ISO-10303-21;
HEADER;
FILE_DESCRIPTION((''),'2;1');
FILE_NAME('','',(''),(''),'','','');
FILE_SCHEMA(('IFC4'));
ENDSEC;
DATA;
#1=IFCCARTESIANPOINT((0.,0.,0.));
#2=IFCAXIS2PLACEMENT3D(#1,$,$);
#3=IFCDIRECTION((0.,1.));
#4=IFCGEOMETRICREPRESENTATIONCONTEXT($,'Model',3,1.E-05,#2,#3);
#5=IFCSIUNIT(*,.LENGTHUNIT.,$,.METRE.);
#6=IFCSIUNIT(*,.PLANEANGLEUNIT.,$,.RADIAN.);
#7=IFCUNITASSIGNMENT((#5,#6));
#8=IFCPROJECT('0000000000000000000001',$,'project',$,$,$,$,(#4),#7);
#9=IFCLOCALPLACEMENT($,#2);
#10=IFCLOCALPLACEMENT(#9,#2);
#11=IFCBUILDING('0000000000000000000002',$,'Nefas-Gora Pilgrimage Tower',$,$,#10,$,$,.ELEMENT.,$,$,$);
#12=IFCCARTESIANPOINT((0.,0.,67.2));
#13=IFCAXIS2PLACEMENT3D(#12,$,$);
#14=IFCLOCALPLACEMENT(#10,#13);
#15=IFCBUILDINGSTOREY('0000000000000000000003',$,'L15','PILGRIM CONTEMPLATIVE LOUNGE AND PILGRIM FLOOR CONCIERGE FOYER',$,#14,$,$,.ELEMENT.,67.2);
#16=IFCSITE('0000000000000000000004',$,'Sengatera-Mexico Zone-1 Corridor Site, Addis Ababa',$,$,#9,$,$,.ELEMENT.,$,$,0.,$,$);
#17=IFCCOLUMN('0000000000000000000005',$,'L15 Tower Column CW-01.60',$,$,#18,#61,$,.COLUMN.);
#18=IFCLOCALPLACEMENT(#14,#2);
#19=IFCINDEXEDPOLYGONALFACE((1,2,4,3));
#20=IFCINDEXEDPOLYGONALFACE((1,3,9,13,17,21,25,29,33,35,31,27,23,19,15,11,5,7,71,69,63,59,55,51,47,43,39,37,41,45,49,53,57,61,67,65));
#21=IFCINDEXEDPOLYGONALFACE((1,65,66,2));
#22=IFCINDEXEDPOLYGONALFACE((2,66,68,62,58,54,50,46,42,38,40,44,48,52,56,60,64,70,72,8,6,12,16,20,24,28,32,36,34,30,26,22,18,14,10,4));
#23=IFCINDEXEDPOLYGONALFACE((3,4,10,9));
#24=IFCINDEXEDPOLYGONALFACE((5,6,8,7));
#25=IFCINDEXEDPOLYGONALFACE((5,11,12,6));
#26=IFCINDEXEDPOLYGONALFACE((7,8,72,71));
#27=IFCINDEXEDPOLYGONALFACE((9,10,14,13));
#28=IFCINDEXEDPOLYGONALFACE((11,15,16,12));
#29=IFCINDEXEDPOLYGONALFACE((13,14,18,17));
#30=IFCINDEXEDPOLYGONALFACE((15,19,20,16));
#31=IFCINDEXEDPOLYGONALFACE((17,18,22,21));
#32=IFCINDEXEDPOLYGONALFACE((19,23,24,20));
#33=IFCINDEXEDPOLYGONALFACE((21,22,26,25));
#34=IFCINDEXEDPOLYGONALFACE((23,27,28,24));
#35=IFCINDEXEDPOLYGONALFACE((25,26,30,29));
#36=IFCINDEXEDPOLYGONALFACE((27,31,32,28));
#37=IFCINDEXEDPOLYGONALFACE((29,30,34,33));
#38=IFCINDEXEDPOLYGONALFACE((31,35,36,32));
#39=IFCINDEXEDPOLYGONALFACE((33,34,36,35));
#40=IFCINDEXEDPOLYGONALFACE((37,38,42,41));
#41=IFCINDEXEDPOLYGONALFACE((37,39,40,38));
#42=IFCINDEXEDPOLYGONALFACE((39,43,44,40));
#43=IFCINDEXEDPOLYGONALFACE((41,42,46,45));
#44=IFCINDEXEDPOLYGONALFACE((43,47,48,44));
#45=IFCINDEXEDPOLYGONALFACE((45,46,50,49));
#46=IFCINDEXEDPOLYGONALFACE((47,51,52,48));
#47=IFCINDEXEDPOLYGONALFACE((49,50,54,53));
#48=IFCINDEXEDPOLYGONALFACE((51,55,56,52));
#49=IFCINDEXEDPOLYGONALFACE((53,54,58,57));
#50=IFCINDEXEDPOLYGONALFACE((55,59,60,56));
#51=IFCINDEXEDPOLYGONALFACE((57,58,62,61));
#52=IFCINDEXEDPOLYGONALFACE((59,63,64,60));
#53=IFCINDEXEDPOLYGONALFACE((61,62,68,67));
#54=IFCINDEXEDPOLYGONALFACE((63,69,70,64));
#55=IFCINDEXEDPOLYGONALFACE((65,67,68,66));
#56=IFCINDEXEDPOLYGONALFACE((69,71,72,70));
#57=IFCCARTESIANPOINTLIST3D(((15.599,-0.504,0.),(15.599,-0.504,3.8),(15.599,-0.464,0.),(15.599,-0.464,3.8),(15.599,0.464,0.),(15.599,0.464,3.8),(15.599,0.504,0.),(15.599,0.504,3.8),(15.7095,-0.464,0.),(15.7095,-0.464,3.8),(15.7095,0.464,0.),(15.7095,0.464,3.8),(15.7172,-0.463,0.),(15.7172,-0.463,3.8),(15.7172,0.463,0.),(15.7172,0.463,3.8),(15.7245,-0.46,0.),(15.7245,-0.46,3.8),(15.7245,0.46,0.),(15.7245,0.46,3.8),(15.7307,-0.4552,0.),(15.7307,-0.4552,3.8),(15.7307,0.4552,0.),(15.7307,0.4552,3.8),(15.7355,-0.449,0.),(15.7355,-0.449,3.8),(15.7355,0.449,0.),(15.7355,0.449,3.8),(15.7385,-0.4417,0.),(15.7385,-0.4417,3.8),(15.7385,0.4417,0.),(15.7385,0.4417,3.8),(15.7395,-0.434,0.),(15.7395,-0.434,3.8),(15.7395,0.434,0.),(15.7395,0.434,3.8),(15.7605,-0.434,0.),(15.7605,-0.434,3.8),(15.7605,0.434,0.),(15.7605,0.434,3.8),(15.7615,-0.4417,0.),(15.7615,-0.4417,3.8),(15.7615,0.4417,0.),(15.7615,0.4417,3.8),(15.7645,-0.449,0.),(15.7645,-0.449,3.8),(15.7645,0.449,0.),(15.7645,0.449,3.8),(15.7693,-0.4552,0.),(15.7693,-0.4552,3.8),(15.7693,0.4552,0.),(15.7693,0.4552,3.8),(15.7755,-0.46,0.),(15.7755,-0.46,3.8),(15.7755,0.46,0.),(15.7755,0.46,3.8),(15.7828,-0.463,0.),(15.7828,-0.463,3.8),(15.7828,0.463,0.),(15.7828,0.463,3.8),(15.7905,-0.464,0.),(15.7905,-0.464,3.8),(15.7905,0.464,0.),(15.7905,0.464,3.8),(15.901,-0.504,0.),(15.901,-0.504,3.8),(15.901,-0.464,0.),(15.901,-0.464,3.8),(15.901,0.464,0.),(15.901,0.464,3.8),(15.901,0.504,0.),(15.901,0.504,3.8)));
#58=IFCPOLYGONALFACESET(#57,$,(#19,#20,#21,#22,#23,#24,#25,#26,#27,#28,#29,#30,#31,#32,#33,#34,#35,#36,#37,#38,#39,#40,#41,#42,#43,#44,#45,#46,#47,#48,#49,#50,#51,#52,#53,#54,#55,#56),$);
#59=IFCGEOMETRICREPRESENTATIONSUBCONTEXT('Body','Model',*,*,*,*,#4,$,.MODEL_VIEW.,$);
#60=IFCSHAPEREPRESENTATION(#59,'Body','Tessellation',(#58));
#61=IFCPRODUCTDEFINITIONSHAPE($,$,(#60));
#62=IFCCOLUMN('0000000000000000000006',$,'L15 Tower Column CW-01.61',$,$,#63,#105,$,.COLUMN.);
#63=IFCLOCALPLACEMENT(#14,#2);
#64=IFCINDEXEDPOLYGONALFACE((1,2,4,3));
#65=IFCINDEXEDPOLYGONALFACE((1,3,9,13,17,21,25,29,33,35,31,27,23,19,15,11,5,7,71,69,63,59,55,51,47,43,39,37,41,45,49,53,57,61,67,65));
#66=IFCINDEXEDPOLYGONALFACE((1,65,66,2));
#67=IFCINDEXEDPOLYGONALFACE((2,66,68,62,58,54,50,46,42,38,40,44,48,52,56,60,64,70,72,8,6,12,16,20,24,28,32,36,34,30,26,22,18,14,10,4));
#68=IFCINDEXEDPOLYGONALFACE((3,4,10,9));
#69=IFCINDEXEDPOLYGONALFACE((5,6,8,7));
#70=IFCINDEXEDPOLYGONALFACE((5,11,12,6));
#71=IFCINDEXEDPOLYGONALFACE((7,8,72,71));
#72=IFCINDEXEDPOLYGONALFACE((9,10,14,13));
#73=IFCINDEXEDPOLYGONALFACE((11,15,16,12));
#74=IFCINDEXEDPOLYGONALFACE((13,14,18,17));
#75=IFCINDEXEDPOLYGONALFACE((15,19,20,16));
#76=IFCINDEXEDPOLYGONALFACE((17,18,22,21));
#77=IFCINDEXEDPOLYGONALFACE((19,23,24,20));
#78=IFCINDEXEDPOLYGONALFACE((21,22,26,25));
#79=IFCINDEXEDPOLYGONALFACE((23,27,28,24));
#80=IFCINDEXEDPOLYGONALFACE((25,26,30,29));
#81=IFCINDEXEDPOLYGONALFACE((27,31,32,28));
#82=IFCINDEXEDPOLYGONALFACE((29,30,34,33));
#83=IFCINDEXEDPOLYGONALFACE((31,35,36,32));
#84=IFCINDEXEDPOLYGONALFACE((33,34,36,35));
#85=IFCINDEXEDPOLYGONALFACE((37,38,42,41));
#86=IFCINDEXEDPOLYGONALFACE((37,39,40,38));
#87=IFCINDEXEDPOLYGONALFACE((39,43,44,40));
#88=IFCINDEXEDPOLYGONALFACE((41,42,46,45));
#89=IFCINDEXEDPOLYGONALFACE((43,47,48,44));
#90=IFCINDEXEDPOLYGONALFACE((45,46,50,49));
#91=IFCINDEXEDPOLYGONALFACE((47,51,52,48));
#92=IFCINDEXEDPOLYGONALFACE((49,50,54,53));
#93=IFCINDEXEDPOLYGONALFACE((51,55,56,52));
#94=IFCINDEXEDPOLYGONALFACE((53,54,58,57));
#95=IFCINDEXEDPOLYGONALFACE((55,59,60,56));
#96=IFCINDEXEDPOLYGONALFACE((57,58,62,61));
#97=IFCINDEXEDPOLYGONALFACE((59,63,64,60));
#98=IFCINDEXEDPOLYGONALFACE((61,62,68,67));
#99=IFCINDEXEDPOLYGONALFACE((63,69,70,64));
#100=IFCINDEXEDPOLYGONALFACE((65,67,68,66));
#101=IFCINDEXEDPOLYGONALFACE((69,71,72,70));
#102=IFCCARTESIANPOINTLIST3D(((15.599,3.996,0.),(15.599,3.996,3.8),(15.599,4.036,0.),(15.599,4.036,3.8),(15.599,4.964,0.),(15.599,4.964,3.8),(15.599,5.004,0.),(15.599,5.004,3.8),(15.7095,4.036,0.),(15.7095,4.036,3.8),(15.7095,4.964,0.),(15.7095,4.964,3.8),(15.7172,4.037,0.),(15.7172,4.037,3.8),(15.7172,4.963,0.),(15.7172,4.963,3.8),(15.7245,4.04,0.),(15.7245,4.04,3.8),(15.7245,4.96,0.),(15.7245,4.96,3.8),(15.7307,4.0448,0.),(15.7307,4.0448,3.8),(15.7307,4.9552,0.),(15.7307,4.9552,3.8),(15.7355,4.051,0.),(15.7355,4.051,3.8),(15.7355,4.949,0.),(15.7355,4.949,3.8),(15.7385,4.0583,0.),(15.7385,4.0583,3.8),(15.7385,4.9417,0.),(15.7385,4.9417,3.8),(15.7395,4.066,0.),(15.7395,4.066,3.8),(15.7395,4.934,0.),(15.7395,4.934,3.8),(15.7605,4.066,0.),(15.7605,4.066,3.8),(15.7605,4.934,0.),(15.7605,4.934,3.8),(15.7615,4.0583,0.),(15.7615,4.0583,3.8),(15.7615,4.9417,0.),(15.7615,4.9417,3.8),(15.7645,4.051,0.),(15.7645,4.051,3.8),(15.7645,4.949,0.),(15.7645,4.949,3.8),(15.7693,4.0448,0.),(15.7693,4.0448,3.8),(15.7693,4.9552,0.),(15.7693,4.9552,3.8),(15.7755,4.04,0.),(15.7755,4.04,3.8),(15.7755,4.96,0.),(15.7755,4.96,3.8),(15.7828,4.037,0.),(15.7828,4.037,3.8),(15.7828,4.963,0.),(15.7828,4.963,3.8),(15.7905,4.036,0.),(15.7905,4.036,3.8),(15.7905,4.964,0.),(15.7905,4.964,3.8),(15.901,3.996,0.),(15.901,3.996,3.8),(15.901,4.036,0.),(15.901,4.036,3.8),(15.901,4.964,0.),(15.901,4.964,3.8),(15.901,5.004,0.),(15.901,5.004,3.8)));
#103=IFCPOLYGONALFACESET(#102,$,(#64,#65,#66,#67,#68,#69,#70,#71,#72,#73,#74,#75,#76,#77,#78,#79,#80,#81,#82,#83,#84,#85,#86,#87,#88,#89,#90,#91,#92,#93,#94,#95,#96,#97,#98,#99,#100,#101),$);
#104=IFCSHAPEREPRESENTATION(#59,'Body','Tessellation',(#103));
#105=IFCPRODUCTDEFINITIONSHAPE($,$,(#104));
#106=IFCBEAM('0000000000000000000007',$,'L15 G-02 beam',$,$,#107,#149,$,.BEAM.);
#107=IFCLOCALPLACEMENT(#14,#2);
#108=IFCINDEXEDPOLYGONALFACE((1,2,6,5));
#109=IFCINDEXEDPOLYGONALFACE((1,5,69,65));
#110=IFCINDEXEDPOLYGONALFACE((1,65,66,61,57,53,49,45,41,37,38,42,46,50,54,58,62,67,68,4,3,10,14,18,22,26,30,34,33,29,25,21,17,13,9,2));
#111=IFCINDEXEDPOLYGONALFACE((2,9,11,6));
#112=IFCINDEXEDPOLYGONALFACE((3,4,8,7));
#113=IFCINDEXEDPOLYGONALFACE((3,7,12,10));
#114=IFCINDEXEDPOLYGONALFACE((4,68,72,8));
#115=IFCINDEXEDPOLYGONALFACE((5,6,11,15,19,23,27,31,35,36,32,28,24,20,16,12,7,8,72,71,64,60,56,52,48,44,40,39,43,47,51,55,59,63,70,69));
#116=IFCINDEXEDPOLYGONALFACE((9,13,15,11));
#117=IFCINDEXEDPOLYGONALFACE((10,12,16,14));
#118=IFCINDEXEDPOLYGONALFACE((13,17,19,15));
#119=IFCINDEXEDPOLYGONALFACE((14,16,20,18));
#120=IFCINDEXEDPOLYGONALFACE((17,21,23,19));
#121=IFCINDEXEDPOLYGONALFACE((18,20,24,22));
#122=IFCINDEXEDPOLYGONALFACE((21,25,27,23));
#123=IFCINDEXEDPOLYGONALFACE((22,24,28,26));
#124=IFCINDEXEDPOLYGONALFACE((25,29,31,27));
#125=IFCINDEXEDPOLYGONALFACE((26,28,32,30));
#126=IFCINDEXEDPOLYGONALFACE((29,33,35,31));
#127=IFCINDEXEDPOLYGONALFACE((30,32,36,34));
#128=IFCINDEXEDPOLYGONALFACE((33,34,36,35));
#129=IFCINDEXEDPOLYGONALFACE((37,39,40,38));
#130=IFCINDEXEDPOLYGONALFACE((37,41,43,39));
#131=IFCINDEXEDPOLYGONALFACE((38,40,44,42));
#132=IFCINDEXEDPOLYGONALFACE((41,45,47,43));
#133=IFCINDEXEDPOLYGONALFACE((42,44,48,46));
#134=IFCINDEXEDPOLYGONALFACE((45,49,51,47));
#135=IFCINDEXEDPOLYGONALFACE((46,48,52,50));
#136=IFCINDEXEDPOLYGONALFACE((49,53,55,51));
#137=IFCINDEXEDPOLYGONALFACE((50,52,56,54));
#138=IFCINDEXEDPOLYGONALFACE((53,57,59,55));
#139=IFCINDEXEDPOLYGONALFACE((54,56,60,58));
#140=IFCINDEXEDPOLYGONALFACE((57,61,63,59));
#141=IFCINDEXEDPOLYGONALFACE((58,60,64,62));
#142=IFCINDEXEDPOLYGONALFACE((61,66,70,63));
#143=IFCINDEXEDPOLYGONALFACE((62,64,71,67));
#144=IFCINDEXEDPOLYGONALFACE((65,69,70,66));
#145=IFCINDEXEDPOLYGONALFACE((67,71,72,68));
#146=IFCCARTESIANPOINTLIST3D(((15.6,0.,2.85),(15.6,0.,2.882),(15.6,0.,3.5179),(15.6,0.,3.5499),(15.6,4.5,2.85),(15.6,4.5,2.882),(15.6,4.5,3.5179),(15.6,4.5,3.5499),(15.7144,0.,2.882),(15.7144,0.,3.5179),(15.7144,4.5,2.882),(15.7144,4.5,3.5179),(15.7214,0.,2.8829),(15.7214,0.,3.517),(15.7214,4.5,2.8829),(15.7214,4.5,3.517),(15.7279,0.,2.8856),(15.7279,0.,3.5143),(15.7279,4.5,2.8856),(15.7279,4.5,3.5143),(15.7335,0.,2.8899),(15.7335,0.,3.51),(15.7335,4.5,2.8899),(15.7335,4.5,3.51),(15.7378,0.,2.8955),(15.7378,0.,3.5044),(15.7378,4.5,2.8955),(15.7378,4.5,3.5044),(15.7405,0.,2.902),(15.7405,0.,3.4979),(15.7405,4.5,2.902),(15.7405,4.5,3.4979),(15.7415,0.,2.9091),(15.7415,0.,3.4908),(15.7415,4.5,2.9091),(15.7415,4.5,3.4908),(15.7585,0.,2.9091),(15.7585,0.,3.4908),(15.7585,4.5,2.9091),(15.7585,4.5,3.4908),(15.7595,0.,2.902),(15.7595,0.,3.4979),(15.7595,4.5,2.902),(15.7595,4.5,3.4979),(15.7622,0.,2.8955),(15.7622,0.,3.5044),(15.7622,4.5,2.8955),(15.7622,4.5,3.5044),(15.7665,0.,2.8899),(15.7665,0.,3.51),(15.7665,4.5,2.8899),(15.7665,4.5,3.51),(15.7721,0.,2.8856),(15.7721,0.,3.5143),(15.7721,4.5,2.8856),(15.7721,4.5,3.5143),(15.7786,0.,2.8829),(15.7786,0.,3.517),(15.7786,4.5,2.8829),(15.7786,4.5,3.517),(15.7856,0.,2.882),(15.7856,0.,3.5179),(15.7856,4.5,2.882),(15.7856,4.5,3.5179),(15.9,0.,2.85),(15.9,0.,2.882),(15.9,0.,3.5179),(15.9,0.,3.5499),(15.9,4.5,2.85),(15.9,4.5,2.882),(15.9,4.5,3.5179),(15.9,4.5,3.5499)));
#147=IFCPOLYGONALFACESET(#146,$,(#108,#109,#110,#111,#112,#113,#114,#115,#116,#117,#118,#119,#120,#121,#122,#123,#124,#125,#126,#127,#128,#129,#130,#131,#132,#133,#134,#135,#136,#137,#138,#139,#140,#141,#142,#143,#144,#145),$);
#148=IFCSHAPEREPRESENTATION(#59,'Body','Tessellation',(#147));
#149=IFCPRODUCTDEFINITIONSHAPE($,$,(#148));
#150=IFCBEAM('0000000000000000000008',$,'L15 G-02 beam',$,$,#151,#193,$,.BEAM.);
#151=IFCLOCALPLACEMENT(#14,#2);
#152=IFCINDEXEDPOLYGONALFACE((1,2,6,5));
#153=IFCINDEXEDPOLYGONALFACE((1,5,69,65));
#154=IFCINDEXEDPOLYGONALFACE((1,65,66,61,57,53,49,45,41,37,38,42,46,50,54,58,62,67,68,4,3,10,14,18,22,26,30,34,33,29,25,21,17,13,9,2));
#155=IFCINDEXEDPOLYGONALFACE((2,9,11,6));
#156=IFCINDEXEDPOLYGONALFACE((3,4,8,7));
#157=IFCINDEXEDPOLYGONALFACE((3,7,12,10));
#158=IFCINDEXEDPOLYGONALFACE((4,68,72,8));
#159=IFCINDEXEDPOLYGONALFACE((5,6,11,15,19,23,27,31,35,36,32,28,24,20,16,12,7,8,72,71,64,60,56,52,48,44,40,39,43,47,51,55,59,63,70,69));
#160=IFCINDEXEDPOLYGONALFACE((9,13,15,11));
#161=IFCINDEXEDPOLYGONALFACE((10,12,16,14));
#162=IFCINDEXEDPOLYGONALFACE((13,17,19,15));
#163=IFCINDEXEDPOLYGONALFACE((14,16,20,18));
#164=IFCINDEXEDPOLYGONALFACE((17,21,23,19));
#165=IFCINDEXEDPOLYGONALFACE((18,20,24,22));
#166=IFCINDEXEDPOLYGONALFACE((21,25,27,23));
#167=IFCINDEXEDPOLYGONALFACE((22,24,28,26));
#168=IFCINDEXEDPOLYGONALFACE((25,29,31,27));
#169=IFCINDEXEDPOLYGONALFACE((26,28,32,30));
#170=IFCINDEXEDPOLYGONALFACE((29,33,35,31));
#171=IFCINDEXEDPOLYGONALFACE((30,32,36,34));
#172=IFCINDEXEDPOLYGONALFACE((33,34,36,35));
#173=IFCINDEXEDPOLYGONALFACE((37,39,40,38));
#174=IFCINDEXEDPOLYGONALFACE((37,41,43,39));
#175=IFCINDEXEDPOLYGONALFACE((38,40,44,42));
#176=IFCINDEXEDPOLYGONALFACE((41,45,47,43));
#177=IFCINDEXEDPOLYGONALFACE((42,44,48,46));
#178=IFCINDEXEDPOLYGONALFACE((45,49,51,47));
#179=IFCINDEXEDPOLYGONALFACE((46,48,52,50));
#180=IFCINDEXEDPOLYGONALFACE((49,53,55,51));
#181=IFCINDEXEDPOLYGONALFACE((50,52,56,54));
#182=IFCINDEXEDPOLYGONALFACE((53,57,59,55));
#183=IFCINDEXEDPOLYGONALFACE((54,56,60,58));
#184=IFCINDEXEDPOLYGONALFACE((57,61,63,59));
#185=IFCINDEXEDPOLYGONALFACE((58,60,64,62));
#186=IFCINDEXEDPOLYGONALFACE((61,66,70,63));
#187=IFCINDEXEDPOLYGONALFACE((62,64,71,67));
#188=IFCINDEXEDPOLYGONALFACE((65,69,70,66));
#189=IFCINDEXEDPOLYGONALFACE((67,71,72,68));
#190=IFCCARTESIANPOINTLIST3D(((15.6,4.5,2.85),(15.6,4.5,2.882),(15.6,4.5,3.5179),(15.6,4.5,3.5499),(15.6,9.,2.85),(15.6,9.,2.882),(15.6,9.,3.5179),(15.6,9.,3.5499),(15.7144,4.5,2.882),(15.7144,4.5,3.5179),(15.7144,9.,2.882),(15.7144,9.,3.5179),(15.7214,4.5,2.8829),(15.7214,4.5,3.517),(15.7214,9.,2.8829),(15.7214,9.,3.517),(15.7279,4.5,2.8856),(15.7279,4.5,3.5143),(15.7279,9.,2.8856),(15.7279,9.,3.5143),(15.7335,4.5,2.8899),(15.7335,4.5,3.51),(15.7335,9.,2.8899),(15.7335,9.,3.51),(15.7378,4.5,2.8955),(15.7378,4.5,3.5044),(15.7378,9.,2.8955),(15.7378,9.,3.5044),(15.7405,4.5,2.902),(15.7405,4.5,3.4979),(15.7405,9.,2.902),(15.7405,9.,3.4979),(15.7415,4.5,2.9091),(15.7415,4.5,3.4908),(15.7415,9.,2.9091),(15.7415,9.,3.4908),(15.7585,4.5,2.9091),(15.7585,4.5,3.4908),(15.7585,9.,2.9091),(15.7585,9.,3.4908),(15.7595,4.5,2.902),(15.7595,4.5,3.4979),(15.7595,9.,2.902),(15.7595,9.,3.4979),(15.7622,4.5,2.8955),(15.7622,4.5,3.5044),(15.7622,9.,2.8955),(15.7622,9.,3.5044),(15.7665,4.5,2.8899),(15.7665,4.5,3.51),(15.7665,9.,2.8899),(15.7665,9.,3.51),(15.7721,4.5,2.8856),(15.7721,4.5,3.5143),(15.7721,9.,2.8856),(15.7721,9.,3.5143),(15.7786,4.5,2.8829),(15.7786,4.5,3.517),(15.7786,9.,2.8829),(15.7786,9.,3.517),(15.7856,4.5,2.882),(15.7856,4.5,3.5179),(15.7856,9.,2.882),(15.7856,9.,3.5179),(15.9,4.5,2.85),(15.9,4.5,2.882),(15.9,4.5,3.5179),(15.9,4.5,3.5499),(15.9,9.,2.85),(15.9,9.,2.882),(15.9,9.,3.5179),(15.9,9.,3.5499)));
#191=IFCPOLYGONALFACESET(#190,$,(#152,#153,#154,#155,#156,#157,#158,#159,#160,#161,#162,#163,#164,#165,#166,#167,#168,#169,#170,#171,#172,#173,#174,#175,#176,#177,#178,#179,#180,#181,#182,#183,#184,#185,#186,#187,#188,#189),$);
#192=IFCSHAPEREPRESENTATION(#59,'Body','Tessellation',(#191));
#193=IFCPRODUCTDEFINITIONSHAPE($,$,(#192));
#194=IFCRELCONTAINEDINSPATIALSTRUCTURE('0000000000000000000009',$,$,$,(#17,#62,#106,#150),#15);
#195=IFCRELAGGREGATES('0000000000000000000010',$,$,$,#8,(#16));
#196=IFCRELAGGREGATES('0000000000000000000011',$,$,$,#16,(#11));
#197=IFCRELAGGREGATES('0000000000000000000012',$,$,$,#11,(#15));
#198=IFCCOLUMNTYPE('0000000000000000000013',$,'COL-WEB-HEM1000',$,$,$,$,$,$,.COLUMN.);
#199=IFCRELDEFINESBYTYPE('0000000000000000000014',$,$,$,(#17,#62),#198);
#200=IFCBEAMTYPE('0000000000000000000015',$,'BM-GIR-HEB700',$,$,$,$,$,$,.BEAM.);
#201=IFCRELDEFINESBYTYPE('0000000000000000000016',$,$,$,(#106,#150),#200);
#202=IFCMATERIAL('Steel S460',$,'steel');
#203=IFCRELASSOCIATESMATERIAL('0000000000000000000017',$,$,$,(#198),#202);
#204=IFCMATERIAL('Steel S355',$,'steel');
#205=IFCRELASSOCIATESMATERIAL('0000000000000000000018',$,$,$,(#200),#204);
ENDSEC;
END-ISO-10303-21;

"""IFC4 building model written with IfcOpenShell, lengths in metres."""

from ifc_helpers import new_model, si_unit, direction, frame, origin, origin_2d, place, context, subcontext, project, spatial, i_section, extrude, source, transform, mapped, material, material_profile, profile_set, type_object, element, save


model = new_model("IFC4")

# Units and contexts
model_context = context("Model", 3, precision=1e-05, world=origin(), true_north=direction((0.0, 1.0)))
body_context = subcontext(model_context, "Body", "Model", "MODEL_VIEW")
ifc_project = project(units=[si_unit("LENGTHUNIT", "METRE"), si_unit("PLANEANGLEUNIT", "RADIAN")], contexts=[model_context])

# Site, building, storey
site_placement = place(None, origin())
site = spatial("IfcSite", under=ifc_project, at=site_placement, Name="Sengatera-Mexico Zone-1 Corridor Site, Addis Ababa", CompositionType="ELEMENT", RefElevation=0.0)
building_placement = place(site_placement, origin())
building = spatial("IfcBuilding", under=site, at=building_placement, Name="Nefas-Gora Pilgrimage Tower", CompositionType="ELEMENT")
storey_placement = place(building_placement, frame((0.0, 0.0, 67.2)))
storey = spatial("IfcBuildingStorey", under=building, at=storey_placement, Name="L15", Description="PILGRIM CONTEMPLATIVE LOUNGE AND PILGRIM FLOOR CONCIERGE FOYER", CompositionType="ELEMENT", Elevation=67.2)

# Columns
ifc_material_1 = material(Name="Steel S460", Category="steel")
ifc_material_profile_1 = material_profile(ifc_material_1, i_section(OverallWidth=0.302, OverallDepth=1.0081, WebThickness=0.021, FlangeThickness=0.04, FilletRadius=0.03, at=origin_2d()), Name="HEM 1000")
ifc_profile_set_1 = profile_set([ifc_material_profile_1], Name="Steel S460")
column_type = type_object("IfcColumnType", Name="COL-WEB-HEM1000", PredefinedType="COLUMN", material=ifc_profile_set_1)
shared_shape_1 = source(origin(), body_context, "Body", "SweptSolid", [
    extrude(i_section(OverallWidth=0.302, OverallDepth=1.0081, WebThickness=0.021, FlangeThickness=0.04, FilletRadius=0.03, at=origin_2d()), origin(), (0.0, 0.0, 1.0), 3.8),
])
for number, where, z_axis, x_axis, name in (
    (1, (15.75, 0.0, 0.0), (0.0, 0.0, 1.0), (1.0, 0.0, 0.0), "L15 Tower Column CW-01.60"),
    (2, (15.75, 4.5, 0.0), (0.0, 0.0, 1.0), (1.0, 0.0, 0.0), "L15 Tower Column CW-01.61"),
):
    element("IfcColumn", number, at=place(storey_placement, frame(where, z_axis=z_axis, x_axis=x_axis)), inside=storey, type_object=column_type, Name=name, PredefinedType="COLUMN", context=body_context, shape_type="MappedRepresentation", body=[
        mapped(shared_shape_1, transform((0.0, 0.0, 0.0), x_axis=(1.0, 0.0, 0.0), y_axis=(0.0, 1.0, 0.0), z_axis=(0.0, 0.0, 1.0), scale=1.0)),
    ])

# Beams
ifc_material_2 = material(Name="Steel S355", Category="steel")
ifc_material_profile_2 = material_profile(ifc_material_2, i_section(OverallWidth=0.3, OverallDepth=0.7, WebThickness=0.0171, FlangeThickness=0.032, FilletRadius=0.0271, at=origin_2d()), Name="HEB 700")
ifc_profile_set_2 = profile_set([ifc_material_profile_2], Name="Steel S355")
beam_type = type_object("IfcBeamType", Name="BM-GIR-HEB700", PredefinedType="BEAM", material=ifc_profile_set_2)
shared_shape_2 = source(origin(), body_context, "Body", "SweptSolid", [
    extrude(i_section(OverallWidth=0.3, OverallDepth=0.7, WebThickness=0.0171, FlangeThickness=0.032, FilletRadius=0.0271, at=origin_2d()), origin(), (0.0, 0.0, 1.0), 4.5),
])
for number, where, z_axis, x_axis, name in (
    (3, (15.75, 0.0, 3.2), (0.0, 1.0, 0.0), (-1.0, 0.0, 0.0), "L15 G-02 beam"),
    (4, (15.75, 4.5, 3.2), (0.0, 1.0, 0.0), (-1.0, 0.0, 0.0), "L15 G-02 beam"),
):
    element("IfcBeam", number, at=place(storey_placement, frame(where, z_axis=z_axis, x_axis=x_axis)), inside=storey, type_object=beam_type, Name=name, PredefinedType="BEAM", context=body_context, shape_type="MappedRepresentation", body=[
        mapped(shared_shape_2, transform((0.0, 0.0, 0.0), x_axis=(1.0, 0.0, 0.0), y_axis=(0.0, 1.0, 0.0), z_axis=(0.0, 0.0, 1.0), scale=1.0)),
    ])

save(model, "model.ifc")
